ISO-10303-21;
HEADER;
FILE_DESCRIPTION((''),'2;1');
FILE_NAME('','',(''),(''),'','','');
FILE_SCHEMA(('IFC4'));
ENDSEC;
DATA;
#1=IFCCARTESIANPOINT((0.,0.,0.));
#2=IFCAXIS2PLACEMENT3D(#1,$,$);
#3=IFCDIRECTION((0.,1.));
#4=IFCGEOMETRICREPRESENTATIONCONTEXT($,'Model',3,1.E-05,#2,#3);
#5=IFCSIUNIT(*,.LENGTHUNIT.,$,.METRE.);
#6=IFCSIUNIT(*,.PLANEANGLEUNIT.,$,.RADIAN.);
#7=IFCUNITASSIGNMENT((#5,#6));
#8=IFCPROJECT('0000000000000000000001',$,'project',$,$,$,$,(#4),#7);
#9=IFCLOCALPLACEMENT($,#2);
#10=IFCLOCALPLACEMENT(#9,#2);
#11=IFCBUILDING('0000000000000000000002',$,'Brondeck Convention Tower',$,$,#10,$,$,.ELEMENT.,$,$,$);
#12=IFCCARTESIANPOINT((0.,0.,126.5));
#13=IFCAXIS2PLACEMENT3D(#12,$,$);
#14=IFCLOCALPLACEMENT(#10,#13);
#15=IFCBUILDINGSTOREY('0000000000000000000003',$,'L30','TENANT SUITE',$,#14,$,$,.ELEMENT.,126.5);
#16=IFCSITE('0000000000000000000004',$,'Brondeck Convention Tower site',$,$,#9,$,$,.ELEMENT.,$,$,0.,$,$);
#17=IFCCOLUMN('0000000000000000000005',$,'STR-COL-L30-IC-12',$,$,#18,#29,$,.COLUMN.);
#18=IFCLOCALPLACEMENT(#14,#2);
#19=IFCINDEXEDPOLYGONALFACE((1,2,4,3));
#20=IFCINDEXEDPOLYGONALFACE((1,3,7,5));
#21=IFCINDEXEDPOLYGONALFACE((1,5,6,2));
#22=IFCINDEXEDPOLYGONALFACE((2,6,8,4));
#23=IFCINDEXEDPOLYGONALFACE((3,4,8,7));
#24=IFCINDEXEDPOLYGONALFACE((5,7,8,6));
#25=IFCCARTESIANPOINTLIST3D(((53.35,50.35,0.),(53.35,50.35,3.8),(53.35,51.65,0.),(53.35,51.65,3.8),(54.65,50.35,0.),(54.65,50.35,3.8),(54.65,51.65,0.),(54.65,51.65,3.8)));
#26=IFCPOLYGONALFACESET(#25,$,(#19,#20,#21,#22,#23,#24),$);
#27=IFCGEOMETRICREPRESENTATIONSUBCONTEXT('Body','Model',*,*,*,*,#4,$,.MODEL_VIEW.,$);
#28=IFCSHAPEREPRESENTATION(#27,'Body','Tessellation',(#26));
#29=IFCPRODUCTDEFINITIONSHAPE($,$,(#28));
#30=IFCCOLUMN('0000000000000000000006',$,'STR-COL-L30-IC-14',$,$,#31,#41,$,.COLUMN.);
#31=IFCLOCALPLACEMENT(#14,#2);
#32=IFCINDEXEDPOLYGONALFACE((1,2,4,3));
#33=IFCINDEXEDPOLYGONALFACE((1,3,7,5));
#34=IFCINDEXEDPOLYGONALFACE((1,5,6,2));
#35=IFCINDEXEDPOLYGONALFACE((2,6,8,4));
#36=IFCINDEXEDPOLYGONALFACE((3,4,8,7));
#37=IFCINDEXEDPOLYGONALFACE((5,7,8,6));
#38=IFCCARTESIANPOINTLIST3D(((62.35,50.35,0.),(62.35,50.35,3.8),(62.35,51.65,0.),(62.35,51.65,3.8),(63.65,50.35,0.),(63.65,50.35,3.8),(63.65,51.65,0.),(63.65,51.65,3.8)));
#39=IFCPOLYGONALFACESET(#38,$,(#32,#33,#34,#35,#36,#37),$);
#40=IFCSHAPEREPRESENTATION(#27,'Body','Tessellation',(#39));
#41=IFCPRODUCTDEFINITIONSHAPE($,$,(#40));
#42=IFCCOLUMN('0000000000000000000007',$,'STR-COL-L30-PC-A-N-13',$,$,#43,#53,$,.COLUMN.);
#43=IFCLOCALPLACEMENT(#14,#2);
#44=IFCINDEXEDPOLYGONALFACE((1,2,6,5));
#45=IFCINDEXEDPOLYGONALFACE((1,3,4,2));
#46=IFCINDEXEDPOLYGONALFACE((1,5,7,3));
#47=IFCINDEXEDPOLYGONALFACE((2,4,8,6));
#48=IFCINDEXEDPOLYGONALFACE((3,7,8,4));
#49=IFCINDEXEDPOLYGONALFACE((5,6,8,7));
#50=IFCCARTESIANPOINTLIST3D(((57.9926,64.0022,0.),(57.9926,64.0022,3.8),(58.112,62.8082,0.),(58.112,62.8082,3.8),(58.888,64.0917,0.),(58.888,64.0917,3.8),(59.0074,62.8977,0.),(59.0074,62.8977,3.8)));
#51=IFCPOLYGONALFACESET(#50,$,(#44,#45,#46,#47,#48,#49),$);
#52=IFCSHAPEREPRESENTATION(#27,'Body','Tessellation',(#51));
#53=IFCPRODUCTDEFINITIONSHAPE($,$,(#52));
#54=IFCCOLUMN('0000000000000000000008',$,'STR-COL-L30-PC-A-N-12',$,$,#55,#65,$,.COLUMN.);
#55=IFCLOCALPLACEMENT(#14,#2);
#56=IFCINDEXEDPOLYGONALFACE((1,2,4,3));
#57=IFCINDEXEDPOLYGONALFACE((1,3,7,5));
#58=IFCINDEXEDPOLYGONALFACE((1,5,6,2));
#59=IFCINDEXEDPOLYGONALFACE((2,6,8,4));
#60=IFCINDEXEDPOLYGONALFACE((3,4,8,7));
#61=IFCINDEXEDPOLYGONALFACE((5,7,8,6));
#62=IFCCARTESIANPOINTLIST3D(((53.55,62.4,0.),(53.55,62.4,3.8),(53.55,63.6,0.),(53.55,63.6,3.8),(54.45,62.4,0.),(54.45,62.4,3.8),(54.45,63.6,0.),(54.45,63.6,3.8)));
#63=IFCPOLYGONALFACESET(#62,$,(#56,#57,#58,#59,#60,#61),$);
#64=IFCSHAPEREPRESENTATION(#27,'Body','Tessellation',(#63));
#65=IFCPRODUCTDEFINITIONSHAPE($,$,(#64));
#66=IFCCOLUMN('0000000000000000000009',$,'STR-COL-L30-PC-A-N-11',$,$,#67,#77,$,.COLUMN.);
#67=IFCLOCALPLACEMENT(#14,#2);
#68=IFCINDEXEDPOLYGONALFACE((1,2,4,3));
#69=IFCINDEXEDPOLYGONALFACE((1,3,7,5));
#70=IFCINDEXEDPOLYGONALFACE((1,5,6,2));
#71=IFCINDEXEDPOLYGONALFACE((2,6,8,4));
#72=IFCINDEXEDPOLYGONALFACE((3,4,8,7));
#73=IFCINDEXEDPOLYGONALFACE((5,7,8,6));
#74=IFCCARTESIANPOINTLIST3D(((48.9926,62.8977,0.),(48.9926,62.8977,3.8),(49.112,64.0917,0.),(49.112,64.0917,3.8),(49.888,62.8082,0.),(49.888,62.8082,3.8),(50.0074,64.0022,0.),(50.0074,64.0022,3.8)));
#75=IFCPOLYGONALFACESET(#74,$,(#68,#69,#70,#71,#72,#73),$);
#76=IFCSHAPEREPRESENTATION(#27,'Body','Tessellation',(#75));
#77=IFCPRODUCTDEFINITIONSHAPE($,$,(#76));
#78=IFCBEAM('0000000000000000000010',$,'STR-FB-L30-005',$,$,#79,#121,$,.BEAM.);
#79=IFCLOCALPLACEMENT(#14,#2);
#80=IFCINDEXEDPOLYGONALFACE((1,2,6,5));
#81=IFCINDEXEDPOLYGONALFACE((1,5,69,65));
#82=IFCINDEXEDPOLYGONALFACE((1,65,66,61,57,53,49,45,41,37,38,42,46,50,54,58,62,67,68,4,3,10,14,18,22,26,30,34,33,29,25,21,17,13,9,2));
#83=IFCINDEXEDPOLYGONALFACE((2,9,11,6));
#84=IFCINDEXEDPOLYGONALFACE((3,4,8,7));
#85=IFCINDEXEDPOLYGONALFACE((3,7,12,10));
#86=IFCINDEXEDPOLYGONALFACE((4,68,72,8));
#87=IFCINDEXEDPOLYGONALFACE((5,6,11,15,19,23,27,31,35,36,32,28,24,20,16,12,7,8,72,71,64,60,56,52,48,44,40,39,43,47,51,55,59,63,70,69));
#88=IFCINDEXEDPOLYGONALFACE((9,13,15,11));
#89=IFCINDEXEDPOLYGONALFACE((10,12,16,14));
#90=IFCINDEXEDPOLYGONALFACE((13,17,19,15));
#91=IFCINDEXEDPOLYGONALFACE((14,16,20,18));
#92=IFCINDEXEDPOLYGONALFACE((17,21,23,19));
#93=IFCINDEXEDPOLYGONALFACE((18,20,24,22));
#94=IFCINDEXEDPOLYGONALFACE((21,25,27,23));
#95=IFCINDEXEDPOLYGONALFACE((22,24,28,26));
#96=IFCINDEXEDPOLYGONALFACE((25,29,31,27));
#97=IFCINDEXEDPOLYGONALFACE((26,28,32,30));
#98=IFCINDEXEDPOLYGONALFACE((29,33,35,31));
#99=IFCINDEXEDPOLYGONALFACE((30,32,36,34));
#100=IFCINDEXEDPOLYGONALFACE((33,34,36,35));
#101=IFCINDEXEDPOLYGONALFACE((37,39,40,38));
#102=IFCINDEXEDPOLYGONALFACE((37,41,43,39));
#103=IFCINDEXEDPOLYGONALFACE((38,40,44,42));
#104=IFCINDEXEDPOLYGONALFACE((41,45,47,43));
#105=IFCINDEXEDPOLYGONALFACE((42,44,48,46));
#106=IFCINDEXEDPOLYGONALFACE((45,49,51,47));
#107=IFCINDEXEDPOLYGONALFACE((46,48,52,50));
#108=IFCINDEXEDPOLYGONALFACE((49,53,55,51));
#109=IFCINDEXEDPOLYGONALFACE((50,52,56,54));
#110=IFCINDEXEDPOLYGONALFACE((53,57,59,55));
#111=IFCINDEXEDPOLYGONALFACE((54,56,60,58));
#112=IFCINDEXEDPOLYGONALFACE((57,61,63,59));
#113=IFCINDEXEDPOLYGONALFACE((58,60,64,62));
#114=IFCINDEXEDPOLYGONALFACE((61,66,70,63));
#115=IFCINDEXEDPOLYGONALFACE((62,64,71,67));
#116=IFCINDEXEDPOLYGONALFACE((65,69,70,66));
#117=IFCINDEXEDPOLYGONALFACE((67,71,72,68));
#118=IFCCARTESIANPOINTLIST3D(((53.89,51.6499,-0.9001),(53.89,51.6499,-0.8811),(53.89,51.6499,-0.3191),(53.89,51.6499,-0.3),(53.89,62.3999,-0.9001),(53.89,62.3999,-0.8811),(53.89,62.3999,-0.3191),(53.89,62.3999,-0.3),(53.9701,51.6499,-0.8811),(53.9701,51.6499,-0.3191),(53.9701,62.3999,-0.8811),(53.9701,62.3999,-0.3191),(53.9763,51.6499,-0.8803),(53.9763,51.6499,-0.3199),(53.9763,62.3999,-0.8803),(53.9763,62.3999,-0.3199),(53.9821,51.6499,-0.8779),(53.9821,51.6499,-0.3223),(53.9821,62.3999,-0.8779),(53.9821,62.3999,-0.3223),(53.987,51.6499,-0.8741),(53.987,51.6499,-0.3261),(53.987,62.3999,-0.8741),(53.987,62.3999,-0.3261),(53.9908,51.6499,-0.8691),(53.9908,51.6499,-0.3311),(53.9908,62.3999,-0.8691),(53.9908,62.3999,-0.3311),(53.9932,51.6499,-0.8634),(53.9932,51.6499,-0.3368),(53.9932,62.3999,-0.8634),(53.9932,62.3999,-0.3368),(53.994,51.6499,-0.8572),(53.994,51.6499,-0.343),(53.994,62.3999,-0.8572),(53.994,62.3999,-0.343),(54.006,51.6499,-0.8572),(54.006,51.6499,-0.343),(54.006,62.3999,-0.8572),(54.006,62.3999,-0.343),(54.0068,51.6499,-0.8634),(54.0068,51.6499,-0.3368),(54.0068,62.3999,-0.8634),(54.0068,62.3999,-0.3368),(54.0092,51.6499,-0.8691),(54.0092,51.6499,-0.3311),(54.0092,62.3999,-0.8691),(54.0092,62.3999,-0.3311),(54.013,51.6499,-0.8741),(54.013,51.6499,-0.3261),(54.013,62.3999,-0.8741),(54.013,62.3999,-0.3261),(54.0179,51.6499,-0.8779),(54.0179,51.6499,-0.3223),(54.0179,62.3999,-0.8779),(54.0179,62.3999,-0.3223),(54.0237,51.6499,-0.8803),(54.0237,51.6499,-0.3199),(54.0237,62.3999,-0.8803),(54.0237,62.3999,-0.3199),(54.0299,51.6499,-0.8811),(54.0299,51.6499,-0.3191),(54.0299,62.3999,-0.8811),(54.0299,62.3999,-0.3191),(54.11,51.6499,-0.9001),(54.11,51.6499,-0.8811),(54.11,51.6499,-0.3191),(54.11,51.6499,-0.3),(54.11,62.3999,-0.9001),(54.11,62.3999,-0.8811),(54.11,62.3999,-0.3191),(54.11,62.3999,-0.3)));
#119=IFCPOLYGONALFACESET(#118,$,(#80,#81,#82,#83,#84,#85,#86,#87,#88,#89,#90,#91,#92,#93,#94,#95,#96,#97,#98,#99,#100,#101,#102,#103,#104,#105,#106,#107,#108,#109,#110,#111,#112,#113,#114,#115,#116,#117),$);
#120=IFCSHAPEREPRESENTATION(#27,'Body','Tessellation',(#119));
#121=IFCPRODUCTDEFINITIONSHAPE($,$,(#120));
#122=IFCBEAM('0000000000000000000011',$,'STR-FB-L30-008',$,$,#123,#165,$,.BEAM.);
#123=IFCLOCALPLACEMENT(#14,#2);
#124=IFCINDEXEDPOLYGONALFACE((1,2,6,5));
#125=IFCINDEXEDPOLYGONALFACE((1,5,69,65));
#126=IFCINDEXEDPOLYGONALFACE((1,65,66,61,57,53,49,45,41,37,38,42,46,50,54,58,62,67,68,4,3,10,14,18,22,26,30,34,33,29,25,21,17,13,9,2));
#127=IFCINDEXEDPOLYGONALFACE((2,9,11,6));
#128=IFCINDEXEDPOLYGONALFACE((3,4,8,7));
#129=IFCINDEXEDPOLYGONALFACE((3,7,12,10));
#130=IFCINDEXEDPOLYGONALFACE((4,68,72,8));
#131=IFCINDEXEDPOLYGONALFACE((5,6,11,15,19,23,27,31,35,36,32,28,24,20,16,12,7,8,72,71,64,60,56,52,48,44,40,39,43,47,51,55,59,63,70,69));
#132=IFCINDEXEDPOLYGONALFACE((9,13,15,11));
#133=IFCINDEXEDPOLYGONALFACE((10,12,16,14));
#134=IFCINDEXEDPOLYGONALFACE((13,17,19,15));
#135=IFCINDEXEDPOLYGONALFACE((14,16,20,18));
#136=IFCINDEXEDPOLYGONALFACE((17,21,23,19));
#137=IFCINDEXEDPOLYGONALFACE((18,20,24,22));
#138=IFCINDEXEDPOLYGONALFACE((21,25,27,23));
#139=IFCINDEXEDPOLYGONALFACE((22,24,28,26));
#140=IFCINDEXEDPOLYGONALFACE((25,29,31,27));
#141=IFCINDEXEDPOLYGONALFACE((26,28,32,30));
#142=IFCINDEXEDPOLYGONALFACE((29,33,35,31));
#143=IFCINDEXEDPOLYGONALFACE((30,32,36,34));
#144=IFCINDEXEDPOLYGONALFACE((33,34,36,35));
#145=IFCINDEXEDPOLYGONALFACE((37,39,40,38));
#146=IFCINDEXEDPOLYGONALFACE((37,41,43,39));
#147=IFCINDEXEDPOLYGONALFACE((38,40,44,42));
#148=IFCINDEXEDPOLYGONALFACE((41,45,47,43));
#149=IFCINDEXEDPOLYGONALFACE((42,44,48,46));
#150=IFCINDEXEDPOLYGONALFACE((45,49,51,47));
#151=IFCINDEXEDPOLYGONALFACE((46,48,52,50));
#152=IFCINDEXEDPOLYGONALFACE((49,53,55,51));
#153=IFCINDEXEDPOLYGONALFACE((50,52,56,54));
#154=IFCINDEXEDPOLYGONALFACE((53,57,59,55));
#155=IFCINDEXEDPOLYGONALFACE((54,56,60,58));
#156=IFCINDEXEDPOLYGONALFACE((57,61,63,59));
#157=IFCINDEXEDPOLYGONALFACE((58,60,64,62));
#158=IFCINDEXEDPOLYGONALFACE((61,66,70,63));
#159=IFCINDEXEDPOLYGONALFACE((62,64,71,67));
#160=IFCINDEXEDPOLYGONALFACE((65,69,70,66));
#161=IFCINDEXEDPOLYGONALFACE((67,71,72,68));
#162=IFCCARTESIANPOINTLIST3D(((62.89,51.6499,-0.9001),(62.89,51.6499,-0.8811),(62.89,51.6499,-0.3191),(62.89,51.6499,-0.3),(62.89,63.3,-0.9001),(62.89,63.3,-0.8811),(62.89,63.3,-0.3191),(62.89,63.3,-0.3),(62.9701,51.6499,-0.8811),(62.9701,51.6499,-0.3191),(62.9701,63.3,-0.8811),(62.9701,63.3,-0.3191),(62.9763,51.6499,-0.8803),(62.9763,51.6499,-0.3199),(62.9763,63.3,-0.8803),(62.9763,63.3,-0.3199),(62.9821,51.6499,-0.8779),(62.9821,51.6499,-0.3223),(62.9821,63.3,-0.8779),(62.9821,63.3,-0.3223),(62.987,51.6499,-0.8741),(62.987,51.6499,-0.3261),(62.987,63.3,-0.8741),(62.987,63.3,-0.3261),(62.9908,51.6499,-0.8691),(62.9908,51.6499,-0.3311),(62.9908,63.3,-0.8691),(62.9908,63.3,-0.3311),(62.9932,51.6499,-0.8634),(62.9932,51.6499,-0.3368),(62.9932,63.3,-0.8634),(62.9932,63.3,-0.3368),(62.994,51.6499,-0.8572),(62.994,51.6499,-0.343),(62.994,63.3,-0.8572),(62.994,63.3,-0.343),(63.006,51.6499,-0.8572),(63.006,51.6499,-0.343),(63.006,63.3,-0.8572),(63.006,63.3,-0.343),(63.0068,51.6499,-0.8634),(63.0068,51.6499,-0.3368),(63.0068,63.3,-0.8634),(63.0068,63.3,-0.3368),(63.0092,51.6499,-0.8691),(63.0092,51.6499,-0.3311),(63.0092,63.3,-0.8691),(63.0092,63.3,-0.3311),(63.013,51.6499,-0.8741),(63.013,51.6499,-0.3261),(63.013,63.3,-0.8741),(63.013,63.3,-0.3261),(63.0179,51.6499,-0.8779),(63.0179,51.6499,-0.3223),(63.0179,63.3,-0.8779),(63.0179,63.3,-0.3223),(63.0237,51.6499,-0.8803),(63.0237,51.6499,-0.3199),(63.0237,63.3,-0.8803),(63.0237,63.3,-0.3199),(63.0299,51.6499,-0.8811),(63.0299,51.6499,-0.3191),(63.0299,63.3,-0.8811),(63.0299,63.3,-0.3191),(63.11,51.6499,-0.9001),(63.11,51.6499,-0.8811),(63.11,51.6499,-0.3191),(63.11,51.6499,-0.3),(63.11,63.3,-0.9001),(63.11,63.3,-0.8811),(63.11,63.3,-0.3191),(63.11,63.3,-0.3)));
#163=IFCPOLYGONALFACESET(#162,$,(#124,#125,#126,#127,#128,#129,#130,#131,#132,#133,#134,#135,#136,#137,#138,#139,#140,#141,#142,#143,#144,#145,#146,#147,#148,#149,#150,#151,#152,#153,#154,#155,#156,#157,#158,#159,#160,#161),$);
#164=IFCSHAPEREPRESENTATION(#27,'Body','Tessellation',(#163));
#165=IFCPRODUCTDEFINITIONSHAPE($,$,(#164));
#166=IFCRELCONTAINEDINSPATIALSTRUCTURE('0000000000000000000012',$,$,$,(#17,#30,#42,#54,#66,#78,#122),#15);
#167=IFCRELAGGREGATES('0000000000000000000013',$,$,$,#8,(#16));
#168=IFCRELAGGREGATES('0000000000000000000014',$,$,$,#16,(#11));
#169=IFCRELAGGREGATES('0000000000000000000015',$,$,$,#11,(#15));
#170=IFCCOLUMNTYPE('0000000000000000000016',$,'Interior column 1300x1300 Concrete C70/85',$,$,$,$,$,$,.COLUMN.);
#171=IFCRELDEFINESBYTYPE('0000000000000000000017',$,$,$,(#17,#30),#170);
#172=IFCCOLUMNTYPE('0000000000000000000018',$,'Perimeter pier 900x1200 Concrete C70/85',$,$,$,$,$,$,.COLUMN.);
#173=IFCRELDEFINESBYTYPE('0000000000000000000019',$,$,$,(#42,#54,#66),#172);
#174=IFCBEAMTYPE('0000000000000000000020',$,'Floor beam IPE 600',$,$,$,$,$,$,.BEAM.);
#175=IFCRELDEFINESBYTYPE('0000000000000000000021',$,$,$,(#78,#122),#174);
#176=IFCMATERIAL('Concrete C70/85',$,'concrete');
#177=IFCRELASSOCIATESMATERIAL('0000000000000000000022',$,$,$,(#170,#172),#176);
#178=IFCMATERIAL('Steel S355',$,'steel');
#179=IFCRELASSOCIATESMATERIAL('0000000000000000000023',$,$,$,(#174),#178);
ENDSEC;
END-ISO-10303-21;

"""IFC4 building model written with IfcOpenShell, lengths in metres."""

from ifc_helpers import new_model, si_unit, direction, frame, origin, origin_2d, place, context, subcontext, project, spatial, rectangle, i_section, extrude, material, material_profile, profile_set, type_object, element, save


model = new_model("IFC4")

# Units and contexts
model_context = context("Model", 3, precision=1e-05, world=origin(), true_north=direction((0.0, 1.0)))
body_context = subcontext(model_context, "Body", "Model", "MODEL_VIEW")
ifc_project = project(units=[si_unit("LENGTHUNIT", "METRE"), si_unit("PLANEANGLEUNIT", "RADIAN")], contexts=[model_context])

# Site, building, storey
site_placement = place(None, origin())
site = spatial("IfcSite", under=ifc_project, at=site_placement, Name="Brondeck Convention Tower site", CompositionType="ELEMENT", RefElevation=0.0)
building_placement = place(site_placement, origin())
building = spatial("IfcBuilding", under=site, at=building_placement, Name="Brondeck Convention Tower", CompositionType="ELEMENT")
storey_placement = place(building_placement, frame((0.0, 0.0, 126.5)))
storey = spatial("IfcBuildingStorey", under=building, at=storey_placement, Name="L30", Description="TENANT SUITE", CompositionType="ELEMENT", Elevation=126.5)

# Columns
ifc_material_1 = material(Name="Concrete C70/85", Category="concrete")
ifc_material_profile_1 = material_profile(ifc_material_1, rectangle(XDim=1.3, YDim=1.3, at=origin_2d()), Name="Interior column 1300x1300 Concrete C70/85")
ifc_profile_set_1 = profile_set([ifc_material_profile_1], Name="Concrete C70/85")
column_type_1 = type_object("IfcColumnType", Name="Interior column 1300x1300 Concrete C70/85", PredefinedType="COLUMN", material=ifc_profile_set_1)
for number, where, z_axis, x_axis, name in (
    (1, (54.0, 51.0, 0.0), (0.0, 0.0, 1.0), (1.0, 0.0, 0.0), "STR-COL-L30-IC-12"),
    (2, (63.0, 51.0, 0.0), (0.0, 0.0, 1.0), (1.0, 0.0, 0.0), "STR-COL-L30-IC-14"),
):
    element("IfcColumn", number, at=place(storey_placement, frame(where, z_axis=z_axis, x_axis=x_axis)), inside=storey, type_object=column_type_1, Name=name, PredefinedType="COLUMN", context=body_context, shape_type="SweptSolid", body=[
        extrude(rectangle(XDim=1.3, YDim=1.3, at=origin_2d()), origin(), (0.0, 0.0, 1.0), 3.8),
    ])
ifc_material_profile_2 = material_profile(ifc_material_1, rectangle(XDim=0.8999, YDim=1.2, at=origin_2d()), Name="Perimeter pier 900x1200 Concrete C70/85")
ifc_profile_set_2 = profile_set([ifc_material_profile_2], Name="Concrete C70/85")
column_type_2 = type_object("IfcColumnType", Name="Perimeter pier 900x1200 Concrete C70/85", PredefinedType="COLUMN", material=ifc_profile_set_2)
for number, where, z_axis, x_axis, name in (
    (3, (58.5, 63.45, 0.0), (0.0, 0.0, 1.0), (-0.995037, -0.099504, 0.0), "STR-COL-L30-PC-A-N-13"),
    (4, (54.0, 63.0, 0.0), (0.0, 0.0, 1.0), (-1.0, 0.0, 0.0), "STR-COL-L30-PC-A-N-12"),
    (5, (49.5, 63.45, 0.0), (0.0, 0.0, 1.0), (-0.995037, 0.099504, 0.0), "STR-COL-L30-PC-A-N-11"),
):
    element("IfcColumn", number, at=place(storey_placement, frame(where, z_axis=z_axis, x_axis=x_axis)), inside=storey, type_object=column_type_2, Name=name, PredefinedType="COLUMN", context=body_context, shape_type="SweptSolid", body=[
        extrude(rectangle(XDim=0.8999, YDim=1.2, at=origin_2d()), origin(), (0.0, 0.0, 1.0), 3.8),
    ])

# Beams
ifc_material_2 = material(Name="Steel S355", Category="steel")
ifc_material_profile_3 = material_profile(ifc_material_2, i_section(OverallWidth=0.22, OverallDepth=0.6001, WebThickness=0.012, FlangeThickness=0.019, FilletRadius=0.0239, at=origin_2d()), Name="IPE 600")
ifc_profile_set_3 = profile_set([ifc_material_profile_3], Name="Steel S355")
beam_type_1 = type_object("IfcBeamType", Name="Floor beam IPE 600", PredefinedType="BEAM", material=ifc_profile_set_3)
beam_1_placement = place(storey_placement, frame((54.0, 51.6499, -0.6001), z_axis=(0.0, 1.0, 0.0), x_axis=(-1.0, 0.0, 0.0)))
element("IfcBeam", 6, at=beam_1_placement, inside=storey, type_object=beam_type_1, Name="STR-FB-L30-005", PredefinedType="BEAM", context=body_context, shape_type="SweptSolid", body=[
    extrude(i_section(OverallWidth=0.22, OverallDepth=0.6001, WebThickness=0.012, FlangeThickness=0.019, FilletRadius=0.0239, at=origin_2d()), origin(), (0.0, 0.0, 1.0), 10.75),
])
beam_2_placement = place(storey_placement, frame((63.0, 51.6499, -0.6001), z_axis=(0.0, 1.0, 0.0), x_axis=(-1.0, 0.0, 0.0)))
element("IfcBeam", 7, at=beam_2_placement, inside=storey, type_object=beam_type_1, Name="STR-FB-L30-008", PredefinedType="BEAM", context=body_context, shape_type="SweptSolid", body=[
    extrude(i_section(OverallWidth=0.22, OverallDepth=0.6001, WebThickness=0.012, FlangeThickness=0.019, FilletRadius=0.0239, at=origin_2d()), origin(), (0.0, 0.0, 1.0), 11.6501),
])

save(model, "model.ifc")
